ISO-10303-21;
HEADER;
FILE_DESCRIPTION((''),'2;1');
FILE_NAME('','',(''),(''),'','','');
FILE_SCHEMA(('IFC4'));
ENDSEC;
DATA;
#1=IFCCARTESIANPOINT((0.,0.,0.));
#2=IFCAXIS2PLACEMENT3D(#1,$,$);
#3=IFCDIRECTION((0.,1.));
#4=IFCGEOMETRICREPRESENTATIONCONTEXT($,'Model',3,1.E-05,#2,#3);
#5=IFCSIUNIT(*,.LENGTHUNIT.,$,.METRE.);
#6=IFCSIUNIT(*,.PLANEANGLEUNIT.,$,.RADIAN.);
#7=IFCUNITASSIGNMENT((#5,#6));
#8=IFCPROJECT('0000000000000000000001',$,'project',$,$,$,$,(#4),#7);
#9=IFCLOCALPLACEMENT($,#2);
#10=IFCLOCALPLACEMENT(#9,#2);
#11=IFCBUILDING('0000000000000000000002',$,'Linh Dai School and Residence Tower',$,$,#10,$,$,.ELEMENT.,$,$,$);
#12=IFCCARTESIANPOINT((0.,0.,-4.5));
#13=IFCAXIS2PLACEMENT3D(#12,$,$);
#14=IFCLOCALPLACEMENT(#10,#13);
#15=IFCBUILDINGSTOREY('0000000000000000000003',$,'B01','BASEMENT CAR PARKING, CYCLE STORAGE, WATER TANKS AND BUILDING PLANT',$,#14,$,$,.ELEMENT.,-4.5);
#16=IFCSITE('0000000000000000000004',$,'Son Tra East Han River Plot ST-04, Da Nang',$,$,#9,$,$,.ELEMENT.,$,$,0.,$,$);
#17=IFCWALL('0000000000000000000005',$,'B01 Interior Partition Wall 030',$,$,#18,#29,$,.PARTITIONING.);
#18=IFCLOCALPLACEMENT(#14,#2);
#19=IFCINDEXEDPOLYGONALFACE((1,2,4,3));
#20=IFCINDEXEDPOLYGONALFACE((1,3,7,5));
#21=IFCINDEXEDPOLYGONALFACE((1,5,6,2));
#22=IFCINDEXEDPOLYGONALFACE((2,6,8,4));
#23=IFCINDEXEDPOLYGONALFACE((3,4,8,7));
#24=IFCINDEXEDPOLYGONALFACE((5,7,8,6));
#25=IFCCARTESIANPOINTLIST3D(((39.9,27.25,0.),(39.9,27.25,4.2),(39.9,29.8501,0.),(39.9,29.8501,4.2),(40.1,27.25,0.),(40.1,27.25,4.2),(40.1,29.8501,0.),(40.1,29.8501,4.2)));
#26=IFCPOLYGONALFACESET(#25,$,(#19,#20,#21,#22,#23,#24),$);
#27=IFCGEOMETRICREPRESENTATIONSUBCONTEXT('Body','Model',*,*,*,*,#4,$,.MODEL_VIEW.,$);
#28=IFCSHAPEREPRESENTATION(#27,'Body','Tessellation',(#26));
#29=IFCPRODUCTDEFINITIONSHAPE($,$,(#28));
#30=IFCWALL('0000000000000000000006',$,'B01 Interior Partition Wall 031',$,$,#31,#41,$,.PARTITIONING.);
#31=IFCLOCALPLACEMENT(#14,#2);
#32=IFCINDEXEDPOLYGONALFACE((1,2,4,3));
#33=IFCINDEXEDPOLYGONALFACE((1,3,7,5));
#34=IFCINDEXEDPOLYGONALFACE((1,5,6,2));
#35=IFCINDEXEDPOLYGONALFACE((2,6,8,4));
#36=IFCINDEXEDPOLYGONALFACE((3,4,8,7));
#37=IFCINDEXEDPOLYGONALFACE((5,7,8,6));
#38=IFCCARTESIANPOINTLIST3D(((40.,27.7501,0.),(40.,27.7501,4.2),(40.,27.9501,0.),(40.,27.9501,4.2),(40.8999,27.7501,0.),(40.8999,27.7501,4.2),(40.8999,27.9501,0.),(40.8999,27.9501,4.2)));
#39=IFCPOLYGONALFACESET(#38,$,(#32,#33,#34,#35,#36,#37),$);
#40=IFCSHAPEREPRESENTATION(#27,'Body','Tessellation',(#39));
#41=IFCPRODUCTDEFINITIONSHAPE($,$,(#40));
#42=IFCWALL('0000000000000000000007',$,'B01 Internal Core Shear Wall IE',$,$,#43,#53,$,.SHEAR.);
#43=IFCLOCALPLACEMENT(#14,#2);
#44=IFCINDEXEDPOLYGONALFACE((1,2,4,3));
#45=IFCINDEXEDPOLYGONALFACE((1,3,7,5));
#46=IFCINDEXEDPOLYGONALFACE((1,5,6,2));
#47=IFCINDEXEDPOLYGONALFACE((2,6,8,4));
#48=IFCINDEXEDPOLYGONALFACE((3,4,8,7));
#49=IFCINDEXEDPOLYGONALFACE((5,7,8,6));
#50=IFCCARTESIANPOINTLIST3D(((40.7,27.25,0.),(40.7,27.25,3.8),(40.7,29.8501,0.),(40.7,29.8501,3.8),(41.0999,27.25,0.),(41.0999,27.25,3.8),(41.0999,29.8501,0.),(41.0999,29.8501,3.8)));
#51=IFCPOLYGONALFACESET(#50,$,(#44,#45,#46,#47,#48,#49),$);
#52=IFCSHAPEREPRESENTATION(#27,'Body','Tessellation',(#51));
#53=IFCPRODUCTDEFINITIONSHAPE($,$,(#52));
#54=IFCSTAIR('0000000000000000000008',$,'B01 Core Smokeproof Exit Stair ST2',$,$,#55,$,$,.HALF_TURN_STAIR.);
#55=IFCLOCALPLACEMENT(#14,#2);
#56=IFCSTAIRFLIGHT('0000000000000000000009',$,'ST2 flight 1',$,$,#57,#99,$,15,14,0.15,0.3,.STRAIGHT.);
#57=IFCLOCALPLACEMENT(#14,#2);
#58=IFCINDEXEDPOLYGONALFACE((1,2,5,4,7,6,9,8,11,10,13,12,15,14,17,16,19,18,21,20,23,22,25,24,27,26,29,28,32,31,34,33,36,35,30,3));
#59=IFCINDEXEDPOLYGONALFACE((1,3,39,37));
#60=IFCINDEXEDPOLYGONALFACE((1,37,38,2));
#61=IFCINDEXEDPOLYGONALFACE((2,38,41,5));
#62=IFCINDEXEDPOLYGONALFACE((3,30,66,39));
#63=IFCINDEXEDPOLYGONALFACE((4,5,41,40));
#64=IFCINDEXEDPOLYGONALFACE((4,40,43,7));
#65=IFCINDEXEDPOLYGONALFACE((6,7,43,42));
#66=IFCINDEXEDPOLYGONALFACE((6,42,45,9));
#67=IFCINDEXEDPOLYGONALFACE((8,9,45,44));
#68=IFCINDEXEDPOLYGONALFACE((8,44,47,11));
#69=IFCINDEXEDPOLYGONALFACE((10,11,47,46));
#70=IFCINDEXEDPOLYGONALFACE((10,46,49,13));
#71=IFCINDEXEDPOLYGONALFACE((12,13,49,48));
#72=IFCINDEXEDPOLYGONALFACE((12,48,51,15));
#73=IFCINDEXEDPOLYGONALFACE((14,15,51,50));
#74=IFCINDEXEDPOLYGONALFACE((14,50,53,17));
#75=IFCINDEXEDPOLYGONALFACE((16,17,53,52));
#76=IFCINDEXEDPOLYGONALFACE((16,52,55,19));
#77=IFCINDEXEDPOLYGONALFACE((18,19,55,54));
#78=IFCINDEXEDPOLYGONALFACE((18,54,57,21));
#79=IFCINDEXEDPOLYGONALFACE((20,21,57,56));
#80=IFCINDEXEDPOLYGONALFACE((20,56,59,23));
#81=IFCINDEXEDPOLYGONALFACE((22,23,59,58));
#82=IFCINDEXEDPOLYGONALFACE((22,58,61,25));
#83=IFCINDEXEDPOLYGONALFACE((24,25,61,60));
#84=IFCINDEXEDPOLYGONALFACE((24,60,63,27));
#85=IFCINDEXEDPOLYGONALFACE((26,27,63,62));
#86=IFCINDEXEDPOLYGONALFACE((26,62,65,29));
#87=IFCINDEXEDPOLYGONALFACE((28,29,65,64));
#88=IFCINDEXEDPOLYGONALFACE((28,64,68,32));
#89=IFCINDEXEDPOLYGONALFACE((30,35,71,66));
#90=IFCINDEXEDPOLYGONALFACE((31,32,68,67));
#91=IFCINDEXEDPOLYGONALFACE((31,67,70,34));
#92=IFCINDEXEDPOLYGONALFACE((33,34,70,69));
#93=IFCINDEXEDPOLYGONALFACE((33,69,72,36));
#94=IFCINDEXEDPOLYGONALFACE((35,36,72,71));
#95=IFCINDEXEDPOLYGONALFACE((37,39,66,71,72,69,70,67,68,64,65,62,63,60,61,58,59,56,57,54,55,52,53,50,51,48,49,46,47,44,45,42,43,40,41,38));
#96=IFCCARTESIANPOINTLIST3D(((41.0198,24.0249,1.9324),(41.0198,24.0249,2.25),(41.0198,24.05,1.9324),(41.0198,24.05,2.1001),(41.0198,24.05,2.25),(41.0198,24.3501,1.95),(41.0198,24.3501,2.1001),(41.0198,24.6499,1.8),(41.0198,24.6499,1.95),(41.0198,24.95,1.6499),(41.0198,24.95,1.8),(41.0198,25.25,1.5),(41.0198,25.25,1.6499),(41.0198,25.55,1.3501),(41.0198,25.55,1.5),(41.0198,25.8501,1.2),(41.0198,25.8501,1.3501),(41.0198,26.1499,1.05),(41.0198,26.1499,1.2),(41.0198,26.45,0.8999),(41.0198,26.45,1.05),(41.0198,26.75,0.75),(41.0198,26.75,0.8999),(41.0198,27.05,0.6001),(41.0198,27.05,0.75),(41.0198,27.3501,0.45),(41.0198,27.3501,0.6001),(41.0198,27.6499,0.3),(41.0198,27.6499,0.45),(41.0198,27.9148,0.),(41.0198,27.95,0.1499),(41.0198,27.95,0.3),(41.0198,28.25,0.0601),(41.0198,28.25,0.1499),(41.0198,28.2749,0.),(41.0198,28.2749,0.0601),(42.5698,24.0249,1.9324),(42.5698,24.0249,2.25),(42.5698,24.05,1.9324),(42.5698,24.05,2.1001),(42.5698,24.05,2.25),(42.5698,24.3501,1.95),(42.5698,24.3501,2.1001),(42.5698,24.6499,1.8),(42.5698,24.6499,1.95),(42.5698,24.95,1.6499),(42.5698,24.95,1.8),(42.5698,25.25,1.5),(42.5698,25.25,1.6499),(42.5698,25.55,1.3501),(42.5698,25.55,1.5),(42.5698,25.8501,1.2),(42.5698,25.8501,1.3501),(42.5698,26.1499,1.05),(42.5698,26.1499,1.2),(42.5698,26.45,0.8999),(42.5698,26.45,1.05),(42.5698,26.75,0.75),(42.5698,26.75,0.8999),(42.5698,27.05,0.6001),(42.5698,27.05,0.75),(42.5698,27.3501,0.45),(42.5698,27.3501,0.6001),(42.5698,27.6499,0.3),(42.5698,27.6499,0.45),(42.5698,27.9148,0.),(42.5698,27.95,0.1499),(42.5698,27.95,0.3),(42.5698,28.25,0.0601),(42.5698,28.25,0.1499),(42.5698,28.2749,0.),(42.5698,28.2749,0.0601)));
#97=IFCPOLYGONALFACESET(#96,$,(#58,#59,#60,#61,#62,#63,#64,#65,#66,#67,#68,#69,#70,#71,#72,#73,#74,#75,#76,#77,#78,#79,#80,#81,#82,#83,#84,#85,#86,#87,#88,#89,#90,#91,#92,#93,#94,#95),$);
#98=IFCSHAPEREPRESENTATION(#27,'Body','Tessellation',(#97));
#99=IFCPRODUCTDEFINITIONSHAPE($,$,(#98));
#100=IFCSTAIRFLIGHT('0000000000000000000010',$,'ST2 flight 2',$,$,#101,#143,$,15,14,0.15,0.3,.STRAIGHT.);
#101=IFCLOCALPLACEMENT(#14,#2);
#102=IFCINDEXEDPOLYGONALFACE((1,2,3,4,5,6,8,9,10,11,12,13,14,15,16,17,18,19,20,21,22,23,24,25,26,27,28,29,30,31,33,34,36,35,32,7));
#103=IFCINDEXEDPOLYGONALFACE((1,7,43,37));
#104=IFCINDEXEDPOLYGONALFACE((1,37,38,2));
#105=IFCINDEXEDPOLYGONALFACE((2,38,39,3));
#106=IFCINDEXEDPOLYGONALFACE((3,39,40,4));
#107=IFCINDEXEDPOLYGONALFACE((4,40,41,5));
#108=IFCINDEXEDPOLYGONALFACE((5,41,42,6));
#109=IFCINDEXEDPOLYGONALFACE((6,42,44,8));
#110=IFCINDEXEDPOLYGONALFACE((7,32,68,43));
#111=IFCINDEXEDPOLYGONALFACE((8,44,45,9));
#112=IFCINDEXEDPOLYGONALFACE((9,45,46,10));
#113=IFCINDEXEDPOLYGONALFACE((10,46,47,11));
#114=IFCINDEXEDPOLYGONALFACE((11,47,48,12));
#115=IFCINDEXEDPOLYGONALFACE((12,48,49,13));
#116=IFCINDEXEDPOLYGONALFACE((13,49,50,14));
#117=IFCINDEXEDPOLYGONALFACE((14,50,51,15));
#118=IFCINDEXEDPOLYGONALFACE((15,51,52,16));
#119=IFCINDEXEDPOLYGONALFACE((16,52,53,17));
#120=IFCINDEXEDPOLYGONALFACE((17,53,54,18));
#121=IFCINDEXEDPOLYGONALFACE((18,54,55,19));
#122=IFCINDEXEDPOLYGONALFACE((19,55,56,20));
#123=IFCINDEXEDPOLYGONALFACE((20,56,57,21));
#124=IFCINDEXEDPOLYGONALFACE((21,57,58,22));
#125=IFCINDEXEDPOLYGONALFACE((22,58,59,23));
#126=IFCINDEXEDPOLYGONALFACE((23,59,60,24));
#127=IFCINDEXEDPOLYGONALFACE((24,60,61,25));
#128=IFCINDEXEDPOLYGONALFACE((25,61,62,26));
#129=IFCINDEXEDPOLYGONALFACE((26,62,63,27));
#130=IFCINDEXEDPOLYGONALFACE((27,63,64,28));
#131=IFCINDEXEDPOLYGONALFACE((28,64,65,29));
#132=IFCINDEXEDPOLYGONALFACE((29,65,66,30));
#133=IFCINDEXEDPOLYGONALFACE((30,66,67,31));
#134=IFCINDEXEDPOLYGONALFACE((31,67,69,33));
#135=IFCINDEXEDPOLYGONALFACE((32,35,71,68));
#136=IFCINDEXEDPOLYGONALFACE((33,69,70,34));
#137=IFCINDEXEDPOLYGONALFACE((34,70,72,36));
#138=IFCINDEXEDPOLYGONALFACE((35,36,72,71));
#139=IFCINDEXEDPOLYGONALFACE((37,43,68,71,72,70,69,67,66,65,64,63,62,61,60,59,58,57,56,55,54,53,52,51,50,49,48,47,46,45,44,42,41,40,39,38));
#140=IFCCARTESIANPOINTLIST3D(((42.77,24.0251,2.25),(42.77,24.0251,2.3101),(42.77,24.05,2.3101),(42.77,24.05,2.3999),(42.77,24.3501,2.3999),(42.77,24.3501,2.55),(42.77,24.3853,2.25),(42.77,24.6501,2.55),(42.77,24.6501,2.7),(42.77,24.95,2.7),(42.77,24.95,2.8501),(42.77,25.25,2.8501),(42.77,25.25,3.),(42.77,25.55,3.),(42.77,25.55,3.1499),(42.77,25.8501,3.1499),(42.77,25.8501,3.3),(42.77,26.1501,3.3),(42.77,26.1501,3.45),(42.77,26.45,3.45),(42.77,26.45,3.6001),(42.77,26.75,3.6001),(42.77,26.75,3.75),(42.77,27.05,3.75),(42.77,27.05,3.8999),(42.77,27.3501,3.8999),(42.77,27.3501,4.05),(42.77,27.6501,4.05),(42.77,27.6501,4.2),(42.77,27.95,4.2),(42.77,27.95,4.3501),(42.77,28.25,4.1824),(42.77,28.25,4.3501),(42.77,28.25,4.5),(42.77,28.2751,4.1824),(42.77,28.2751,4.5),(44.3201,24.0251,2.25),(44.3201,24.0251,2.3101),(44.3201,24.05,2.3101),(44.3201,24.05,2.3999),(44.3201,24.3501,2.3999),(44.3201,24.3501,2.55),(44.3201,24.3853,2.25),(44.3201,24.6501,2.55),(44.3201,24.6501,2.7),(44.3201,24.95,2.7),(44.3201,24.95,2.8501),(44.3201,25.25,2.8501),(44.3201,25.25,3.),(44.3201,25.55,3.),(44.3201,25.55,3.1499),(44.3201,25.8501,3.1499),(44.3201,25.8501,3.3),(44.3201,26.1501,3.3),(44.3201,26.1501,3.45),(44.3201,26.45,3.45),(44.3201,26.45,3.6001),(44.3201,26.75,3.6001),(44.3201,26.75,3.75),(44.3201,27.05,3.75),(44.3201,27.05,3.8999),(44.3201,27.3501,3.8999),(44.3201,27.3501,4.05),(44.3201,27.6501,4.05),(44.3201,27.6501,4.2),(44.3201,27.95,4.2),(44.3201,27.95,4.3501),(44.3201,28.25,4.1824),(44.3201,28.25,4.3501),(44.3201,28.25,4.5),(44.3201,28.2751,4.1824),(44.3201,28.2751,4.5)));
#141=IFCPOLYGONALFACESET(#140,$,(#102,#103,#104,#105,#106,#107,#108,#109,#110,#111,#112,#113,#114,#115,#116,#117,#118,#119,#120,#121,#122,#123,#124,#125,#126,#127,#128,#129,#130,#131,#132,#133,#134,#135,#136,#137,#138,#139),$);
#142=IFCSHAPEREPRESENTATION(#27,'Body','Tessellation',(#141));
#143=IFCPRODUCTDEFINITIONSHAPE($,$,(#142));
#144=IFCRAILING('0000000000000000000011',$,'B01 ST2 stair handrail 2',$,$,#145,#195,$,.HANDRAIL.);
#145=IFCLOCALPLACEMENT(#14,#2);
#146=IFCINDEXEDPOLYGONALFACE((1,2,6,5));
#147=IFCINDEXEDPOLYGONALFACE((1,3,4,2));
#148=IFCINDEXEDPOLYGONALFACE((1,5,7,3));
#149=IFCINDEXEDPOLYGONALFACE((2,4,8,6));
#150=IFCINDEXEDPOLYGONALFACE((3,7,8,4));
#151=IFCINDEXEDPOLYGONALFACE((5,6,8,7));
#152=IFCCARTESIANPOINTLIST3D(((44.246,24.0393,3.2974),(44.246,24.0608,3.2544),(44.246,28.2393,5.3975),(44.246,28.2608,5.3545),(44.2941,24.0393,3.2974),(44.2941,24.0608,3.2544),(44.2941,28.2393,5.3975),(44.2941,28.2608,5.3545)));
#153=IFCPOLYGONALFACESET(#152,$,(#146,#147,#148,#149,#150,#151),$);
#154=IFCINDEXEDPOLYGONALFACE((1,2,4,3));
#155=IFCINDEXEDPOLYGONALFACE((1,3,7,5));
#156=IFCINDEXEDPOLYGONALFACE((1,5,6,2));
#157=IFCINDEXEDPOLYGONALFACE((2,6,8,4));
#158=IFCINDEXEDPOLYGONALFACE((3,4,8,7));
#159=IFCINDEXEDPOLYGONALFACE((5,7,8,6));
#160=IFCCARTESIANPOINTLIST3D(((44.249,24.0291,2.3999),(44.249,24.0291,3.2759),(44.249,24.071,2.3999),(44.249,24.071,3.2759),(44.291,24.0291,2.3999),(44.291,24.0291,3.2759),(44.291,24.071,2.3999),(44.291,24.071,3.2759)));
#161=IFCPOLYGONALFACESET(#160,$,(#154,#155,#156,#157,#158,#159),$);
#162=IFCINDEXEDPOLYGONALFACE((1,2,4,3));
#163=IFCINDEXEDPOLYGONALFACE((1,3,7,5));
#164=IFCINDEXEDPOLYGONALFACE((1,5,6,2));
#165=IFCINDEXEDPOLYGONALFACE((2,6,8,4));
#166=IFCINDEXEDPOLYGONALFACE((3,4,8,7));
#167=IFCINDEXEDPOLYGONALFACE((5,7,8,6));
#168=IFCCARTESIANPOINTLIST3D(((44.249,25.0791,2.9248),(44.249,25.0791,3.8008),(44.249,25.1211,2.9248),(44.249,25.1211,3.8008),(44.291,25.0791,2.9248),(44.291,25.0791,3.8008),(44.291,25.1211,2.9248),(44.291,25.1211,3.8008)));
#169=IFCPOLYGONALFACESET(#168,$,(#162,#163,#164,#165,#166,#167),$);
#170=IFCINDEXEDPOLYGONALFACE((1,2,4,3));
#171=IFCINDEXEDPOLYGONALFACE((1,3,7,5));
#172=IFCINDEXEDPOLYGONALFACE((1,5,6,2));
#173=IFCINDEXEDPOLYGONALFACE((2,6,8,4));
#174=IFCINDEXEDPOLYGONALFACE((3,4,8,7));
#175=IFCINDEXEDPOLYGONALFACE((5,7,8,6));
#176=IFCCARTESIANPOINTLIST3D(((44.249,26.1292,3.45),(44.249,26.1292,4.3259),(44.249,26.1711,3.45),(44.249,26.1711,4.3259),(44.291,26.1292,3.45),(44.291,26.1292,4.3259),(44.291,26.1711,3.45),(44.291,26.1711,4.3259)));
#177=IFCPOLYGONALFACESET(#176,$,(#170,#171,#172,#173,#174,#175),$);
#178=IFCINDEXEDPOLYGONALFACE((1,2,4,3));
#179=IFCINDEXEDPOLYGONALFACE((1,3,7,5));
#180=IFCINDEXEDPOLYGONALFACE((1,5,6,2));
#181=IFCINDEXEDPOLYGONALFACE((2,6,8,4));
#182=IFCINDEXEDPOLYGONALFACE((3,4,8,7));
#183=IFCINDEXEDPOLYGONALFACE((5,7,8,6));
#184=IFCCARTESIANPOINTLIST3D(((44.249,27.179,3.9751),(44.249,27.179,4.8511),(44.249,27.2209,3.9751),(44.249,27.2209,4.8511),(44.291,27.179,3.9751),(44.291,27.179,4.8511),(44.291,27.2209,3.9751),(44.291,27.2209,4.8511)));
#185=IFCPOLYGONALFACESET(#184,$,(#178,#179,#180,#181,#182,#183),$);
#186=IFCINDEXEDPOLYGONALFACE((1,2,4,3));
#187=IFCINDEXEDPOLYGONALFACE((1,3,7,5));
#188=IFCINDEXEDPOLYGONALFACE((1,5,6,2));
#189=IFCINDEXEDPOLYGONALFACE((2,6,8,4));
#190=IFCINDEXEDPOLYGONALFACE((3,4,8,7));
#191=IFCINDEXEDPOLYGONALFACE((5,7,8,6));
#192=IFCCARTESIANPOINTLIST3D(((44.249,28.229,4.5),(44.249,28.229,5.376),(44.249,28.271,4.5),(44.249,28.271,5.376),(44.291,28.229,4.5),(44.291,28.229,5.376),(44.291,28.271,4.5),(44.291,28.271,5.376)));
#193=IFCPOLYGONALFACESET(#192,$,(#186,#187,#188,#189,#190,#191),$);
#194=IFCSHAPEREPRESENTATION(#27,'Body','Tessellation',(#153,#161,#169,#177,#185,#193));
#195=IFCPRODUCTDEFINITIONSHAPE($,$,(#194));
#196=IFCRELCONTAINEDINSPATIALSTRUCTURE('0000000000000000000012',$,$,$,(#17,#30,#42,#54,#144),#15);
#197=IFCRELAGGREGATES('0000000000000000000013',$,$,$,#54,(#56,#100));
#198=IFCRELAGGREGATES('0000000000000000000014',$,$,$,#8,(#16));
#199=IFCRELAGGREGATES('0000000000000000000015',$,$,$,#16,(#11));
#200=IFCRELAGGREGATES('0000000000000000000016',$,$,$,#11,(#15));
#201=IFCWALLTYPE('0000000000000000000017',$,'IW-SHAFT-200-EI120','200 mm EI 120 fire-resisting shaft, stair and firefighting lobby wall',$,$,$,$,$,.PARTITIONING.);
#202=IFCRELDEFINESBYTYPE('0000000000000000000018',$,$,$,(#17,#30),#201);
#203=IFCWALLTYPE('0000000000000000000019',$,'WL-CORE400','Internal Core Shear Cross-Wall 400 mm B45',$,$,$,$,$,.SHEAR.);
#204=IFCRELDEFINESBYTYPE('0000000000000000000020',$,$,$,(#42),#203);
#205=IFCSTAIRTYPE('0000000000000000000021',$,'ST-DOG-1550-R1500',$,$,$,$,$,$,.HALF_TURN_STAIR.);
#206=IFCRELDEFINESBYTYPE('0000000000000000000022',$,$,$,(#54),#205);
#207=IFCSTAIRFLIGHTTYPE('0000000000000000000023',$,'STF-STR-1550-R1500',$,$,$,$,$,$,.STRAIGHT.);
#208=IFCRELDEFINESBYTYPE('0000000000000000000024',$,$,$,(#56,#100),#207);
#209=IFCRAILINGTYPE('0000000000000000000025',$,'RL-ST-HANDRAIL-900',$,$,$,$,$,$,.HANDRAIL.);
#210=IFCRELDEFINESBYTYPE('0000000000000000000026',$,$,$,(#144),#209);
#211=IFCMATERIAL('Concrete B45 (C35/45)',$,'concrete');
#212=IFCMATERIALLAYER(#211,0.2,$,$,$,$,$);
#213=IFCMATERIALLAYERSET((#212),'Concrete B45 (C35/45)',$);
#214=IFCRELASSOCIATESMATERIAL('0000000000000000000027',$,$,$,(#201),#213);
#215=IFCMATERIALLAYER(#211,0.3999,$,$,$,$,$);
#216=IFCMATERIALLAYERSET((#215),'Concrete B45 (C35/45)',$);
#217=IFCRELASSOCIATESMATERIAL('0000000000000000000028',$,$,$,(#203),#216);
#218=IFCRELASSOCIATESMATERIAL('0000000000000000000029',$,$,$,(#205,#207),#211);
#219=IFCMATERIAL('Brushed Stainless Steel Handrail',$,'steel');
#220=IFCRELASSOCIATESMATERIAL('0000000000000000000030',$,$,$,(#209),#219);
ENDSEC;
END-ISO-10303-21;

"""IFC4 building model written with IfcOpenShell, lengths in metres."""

from ifc_helpers import new_model, si_unit, direction, frame, frame_2d, origin, origin_2d, place, context, subcontext, project, spatial, polyline, rectangle, outline, extrude, source, transform, mapped, material, layer, layer_set, type_object, element, aggregate, save


model = new_model("IFC4")

# Units and contexts
model_context = context("Model", 3, precision=1e-05, world=origin(), true_north=direction((0.0, 1.0)))
body_context = subcontext(model_context, "Body", "Model", "MODEL_VIEW")
ifc_project = project(units=[si_unit("LENGTHUNIT", "METRE"), si_unit("PLANEANGLEUNIT", "RADIAN")], contexts=[model_context])

# Site, building, storey
site_placement = place(None, origin())
site = spatial("IfcSite", under=ifc_project, at=site_placement, Name="Son Tra East Han River Plot ST-04, Da Nang", CompositionType="ELEMENT", RefElevation=0.0)
building_placement = place(site_placement, origin())
building = spatial("IfcBuilding", under=site, at=building_placement, Name="Linh Dai School and Residence Tower", CompositionType="ELEMENT")
storey_placement = place(building_placement, frame((0.0, 0.0, -4.5)))
storey = spatial("IfcBuildingStorey", under=building, at=storey_placement, Name="B01", Description="BASEMENT CAR PARKING, CYCLE STORAGE, WATER TANKS AND BUILDING PLANT", CompositionType="ELEMENT", Elevation=-4.5)

# Shared definitions
ifc_material_1 = material(Name="Concrete B45 (C35/45)", Category="concrete")

# Walls
ifc_layer_1 = layer(ifc_material_1, 0.2)
ifc_layer_set_1 = layer_set([ifc_layer_1], Name="Concrete B45 (C35/45)")
wall_type_1 = type_object("IfcWallType", Name="IW-SHAFT-200-EI120", Description="200 mm EI 120 fire-resisting shaft, stair and firefighting lobby wall", PredefinedType="PARTITIONING", material=ifc_layer_set_1)
wall_1_placement = place(storey_placement, frame((40.0, 27.25, 0.0), z_axis=(0.0, 0.0, 1.0), x_axis=(0.0, 1.0, 0.0)))
element("IfcWall", 1, at=wall_1_placement, inside=storey, type_object=wall_type_1, Name="B01 Interior Partition Wall 030", PredefinedType="PARTITIONING", context=body_context, shape_type="SweptSolid", body=[
    extrude(rectangle(XDim=2.6001, YDim=0.2, at=frame_2d((1.3, 0.0))), origin(), (0.0, 0.0, 1.0), 4.2),
])
wall_2_placement = place(storey_placement, frame((40.0, 27.8501, 0.0), z_axis=(0.0, 0.0, 1.0), x_axis=(1.0, 0.0, 0.0)))
element("IfcWall", 2, at=wall_2_placement, inside=storey, type_object=wall_type_1, Name="B01 Interior Partition Wall 031", PredefinedType="PARTITIONING", context=body_context, shape_type="SweptSolid", body=[
    extrude(rectangle(XDim=0.8999, YDim=0.2, at=frame_2d((0.45, 0.0))), origin(), (0.0, 0.0, 1.0), 4.2),
])
ifc_layer_2 = layer(ifc_material_1, 0.3999)
ifc_layer_set_2 = layer_set([ifc_layer_2], Name="Concrete B45 (C35/45)")
wall_type_2 = type_object("IfcWallType", Name="WL-CORE400", Description="Internal Core Shear Cross-Wall 400 mm B45", PredefinedType="SHEAR", material=ifc_layer_set_2)
wall_3_placement = place(storey_placement, frame((40.8999, 27.25, 0.0), z_axis=(0.0, 0.0, 1.0), x_axis=(0.0, 1.0, 0.0)))
element("IfcWall", 3, at=wall_3_placement, inside=storey, type_object=wall_type_2, Name="B01 Internal Core Shear Wall IE", PredefinedType="SHEAR", context=body_context, shape_type="SweptSolid", body=[
    extrude(rectangle(XDim=2.6001, YDim=0.3999, at=frame_2d((1.3, 0.0))), origin(), (0.0, 0.0, 1.0), 3.8),
])

# Stair, stair flights
stair_type = type_object("IfcStairType", Name="ST-DOG-1550-R1500", PredefinedType="HALF_TURN_STAIR", material=ifc_material_1)
stair_placement = place(storey_placement, origin())
stair = element("IfcStair", 4, at=stair_placement, inside=storey, type_object=stair_type, Name="B01 Core Smokeproof Exit Stair ST2", PredefinedType="HALF_TURN_STAIR")
stair_flight_type = type_object("IfcStairFlightType", Name="STF-STR-1550-R1500", PredefinedType="STRAIGHT", material=ifc_material_1)
shared_shape_1 = source(origin(), body_context, "Body", "SweptSolid", [
    extrude(outline(polyline([(-0.0249, 0.0), (-0.0249, 0.0601), (0.0, 0.0601), (0.0, 0.1499), (0.3, 0.1499), (0.3, 0.3), (0.6001, 0.3), (0.6001, 0.45), (0.8999, 0.45), (0.8999, 0.6001), (1.2, 0.6001), (1.2, 0.75), (1.5, 0.75), (1.5, 0.8999), (1.8, 0.8999), (1.8, 1.05), (2.1001, 1.05), (2.1001, 1.2), (2.3999, 1.2), (2.3999, 1.3501), (2.7, 1.3501), (2.7, 1.5), (3.0, 1.5), (3.0, 1.6499), (3.3, 1.6499), (3.3, 1.8), (3.6001, 1.8), (3.6001, 1.95), (3.8999, 1.95), (3.8999, 2.1001), (4.2, 2.1001), (4.2, 2.25), (4.2251, 2.25), (4.2251, 1.9324), (4.2, 1.9324), (0.3352, 0.0), (-0.0249, 0.0)])), frame((0.0, 0.7749, 0.0), z_axis=(0.0, -1.0, 0.0), x_axis=(1.0, 0.0, 0.0)), (0.0, 0.0, 1.0), 1.55),
])
stair_flight_1_placement = place(storey_placement, frame((41.7949, 28.25, 0.0), z_axis=(0.0, 0.0, 1.0), x_axis=(0.0, -1.0, 0.0)))
stair_flight_1 = element("IfcStairFlight", 5, at=stair_flight_1_placement, type_object=stair_flight_type, Name="ST2 flight 1", NumberOfRisers=15, NumberOfTreads=14, PredefinedType="STRAIGHT", RiserHeight=0.15, TreadLength=0.3, context=body_context, shape_type="MappedRepresentation", body=[
    mapped(shared_shape_1, transform((0.0, 0.0, 0.0), x_axis=(1.0, 0.0, 0.0), y_axis=(0.0, 1.0, 0.0), z_axis=(0.0, 0.0, 1.0), scale=1.0)),
])
stair_flight_2_placement = place(storey_placement, frame((43.5449, 24.05, 2.25), z_axis=(0.0, 0.0, 1.0), x_axis=(0.0, 1.0, 0.0)))
stair_flight_2 = element("IfcStairFlight", 6, at=stair_flight_2_placement, type_object=stair_flight_type, Name="ST2 flight 2", NumberOfRisers=15, NumberOfTreads=14, PredefinedType="STRAIGHT", RiserHeight=0.15, TreadLength=0.3, context=body_context, shape_type="MappedRepresentation", body=[
    mapped(shared_shape_1, transform((0.0, 0.0, 0.0), x_axis=(1.0, 0.0, 0.0), y_axis=(0.0, 1.0, 0.0), z_axis=(0.0, 0.0, 1.0), scale=1.0)),
])
aggregate(stair, [stair_flight_1, stair_flight_2])

# Railing
ifc_material_2 = material(Name="Brushed Stainless Steel Handrail", Category="steel")
railing_type_1 = type_object("IfcRailingType", Name="RL-ST-HANDRAIL-900", PredefinedType="HANDRAIL", material=ifc_material_2)
shared_shape_2 = source(origin(), body_context, "Body", "SweptSolid", [
    extrude(rectangle(XDim=0.0481, YDim=0.0481, at=origin_2d()), frame((0.0, 0.0, 0.876), z_axis=(0.0, 0.894417, 0.447234), x_axis=(-1.0, 0.0, 0.0)), (0.0, 0.0, 1.0), 4.6958),
    extrude(rectangle(XDim=0.042, YDim=0.042, at=origin_2d()), origin(), (0.0, 0.0, 1.0), 0.876),
    extrude(rectangle(XDim=0.042, YDim=0.042, at=origin_2d()), frame((0.0, 1.05, 0.5249)), (0.0, 0.0, 1.0), 0.876),
    extrude(rectangle(XDim=0.042, YDim=0.042, at=origin_2d()), frame((0.0, 2.1001, 1.05)), (0.0, 0.0, 1.0), 0.876),
    extrude(rectangle(XDim=0.042, YDim=0.042, at=origin_2d()), frame((0.0, 3.1499, 1.5752)), (0.0, 0.0, 1.0), 0.876),
    extrude(rectangle(XDim=0.042, YDim=0.042, at=origin_2d()), frame((0.0, 4.2, 2.1001)), (0.0, 0.0, 1.0), 0.876),
])
railing_1_placement = place(storey_placement, frame((44.27, 24.05, 2.3999)))
element("IfcRailing", 7, at=railing_1_placement, inside=storey, type_object=railing_type_1, Name="B01 ST2 stair handrail 2", PredefinedType="HANDRAIL", context=body_context, shape_type="MappedRepresentation", body=[
    mapped(shared_shape_2, transform((0.0, 0.0, 0.0), x_axis=(1.0, 0.0, 0.0), y_axis=(0.0, 1.0, 0.0), z_axis=(0.0, 0.0, 1.0), scale=1.0)),
])

save(model, "model.ifc")
